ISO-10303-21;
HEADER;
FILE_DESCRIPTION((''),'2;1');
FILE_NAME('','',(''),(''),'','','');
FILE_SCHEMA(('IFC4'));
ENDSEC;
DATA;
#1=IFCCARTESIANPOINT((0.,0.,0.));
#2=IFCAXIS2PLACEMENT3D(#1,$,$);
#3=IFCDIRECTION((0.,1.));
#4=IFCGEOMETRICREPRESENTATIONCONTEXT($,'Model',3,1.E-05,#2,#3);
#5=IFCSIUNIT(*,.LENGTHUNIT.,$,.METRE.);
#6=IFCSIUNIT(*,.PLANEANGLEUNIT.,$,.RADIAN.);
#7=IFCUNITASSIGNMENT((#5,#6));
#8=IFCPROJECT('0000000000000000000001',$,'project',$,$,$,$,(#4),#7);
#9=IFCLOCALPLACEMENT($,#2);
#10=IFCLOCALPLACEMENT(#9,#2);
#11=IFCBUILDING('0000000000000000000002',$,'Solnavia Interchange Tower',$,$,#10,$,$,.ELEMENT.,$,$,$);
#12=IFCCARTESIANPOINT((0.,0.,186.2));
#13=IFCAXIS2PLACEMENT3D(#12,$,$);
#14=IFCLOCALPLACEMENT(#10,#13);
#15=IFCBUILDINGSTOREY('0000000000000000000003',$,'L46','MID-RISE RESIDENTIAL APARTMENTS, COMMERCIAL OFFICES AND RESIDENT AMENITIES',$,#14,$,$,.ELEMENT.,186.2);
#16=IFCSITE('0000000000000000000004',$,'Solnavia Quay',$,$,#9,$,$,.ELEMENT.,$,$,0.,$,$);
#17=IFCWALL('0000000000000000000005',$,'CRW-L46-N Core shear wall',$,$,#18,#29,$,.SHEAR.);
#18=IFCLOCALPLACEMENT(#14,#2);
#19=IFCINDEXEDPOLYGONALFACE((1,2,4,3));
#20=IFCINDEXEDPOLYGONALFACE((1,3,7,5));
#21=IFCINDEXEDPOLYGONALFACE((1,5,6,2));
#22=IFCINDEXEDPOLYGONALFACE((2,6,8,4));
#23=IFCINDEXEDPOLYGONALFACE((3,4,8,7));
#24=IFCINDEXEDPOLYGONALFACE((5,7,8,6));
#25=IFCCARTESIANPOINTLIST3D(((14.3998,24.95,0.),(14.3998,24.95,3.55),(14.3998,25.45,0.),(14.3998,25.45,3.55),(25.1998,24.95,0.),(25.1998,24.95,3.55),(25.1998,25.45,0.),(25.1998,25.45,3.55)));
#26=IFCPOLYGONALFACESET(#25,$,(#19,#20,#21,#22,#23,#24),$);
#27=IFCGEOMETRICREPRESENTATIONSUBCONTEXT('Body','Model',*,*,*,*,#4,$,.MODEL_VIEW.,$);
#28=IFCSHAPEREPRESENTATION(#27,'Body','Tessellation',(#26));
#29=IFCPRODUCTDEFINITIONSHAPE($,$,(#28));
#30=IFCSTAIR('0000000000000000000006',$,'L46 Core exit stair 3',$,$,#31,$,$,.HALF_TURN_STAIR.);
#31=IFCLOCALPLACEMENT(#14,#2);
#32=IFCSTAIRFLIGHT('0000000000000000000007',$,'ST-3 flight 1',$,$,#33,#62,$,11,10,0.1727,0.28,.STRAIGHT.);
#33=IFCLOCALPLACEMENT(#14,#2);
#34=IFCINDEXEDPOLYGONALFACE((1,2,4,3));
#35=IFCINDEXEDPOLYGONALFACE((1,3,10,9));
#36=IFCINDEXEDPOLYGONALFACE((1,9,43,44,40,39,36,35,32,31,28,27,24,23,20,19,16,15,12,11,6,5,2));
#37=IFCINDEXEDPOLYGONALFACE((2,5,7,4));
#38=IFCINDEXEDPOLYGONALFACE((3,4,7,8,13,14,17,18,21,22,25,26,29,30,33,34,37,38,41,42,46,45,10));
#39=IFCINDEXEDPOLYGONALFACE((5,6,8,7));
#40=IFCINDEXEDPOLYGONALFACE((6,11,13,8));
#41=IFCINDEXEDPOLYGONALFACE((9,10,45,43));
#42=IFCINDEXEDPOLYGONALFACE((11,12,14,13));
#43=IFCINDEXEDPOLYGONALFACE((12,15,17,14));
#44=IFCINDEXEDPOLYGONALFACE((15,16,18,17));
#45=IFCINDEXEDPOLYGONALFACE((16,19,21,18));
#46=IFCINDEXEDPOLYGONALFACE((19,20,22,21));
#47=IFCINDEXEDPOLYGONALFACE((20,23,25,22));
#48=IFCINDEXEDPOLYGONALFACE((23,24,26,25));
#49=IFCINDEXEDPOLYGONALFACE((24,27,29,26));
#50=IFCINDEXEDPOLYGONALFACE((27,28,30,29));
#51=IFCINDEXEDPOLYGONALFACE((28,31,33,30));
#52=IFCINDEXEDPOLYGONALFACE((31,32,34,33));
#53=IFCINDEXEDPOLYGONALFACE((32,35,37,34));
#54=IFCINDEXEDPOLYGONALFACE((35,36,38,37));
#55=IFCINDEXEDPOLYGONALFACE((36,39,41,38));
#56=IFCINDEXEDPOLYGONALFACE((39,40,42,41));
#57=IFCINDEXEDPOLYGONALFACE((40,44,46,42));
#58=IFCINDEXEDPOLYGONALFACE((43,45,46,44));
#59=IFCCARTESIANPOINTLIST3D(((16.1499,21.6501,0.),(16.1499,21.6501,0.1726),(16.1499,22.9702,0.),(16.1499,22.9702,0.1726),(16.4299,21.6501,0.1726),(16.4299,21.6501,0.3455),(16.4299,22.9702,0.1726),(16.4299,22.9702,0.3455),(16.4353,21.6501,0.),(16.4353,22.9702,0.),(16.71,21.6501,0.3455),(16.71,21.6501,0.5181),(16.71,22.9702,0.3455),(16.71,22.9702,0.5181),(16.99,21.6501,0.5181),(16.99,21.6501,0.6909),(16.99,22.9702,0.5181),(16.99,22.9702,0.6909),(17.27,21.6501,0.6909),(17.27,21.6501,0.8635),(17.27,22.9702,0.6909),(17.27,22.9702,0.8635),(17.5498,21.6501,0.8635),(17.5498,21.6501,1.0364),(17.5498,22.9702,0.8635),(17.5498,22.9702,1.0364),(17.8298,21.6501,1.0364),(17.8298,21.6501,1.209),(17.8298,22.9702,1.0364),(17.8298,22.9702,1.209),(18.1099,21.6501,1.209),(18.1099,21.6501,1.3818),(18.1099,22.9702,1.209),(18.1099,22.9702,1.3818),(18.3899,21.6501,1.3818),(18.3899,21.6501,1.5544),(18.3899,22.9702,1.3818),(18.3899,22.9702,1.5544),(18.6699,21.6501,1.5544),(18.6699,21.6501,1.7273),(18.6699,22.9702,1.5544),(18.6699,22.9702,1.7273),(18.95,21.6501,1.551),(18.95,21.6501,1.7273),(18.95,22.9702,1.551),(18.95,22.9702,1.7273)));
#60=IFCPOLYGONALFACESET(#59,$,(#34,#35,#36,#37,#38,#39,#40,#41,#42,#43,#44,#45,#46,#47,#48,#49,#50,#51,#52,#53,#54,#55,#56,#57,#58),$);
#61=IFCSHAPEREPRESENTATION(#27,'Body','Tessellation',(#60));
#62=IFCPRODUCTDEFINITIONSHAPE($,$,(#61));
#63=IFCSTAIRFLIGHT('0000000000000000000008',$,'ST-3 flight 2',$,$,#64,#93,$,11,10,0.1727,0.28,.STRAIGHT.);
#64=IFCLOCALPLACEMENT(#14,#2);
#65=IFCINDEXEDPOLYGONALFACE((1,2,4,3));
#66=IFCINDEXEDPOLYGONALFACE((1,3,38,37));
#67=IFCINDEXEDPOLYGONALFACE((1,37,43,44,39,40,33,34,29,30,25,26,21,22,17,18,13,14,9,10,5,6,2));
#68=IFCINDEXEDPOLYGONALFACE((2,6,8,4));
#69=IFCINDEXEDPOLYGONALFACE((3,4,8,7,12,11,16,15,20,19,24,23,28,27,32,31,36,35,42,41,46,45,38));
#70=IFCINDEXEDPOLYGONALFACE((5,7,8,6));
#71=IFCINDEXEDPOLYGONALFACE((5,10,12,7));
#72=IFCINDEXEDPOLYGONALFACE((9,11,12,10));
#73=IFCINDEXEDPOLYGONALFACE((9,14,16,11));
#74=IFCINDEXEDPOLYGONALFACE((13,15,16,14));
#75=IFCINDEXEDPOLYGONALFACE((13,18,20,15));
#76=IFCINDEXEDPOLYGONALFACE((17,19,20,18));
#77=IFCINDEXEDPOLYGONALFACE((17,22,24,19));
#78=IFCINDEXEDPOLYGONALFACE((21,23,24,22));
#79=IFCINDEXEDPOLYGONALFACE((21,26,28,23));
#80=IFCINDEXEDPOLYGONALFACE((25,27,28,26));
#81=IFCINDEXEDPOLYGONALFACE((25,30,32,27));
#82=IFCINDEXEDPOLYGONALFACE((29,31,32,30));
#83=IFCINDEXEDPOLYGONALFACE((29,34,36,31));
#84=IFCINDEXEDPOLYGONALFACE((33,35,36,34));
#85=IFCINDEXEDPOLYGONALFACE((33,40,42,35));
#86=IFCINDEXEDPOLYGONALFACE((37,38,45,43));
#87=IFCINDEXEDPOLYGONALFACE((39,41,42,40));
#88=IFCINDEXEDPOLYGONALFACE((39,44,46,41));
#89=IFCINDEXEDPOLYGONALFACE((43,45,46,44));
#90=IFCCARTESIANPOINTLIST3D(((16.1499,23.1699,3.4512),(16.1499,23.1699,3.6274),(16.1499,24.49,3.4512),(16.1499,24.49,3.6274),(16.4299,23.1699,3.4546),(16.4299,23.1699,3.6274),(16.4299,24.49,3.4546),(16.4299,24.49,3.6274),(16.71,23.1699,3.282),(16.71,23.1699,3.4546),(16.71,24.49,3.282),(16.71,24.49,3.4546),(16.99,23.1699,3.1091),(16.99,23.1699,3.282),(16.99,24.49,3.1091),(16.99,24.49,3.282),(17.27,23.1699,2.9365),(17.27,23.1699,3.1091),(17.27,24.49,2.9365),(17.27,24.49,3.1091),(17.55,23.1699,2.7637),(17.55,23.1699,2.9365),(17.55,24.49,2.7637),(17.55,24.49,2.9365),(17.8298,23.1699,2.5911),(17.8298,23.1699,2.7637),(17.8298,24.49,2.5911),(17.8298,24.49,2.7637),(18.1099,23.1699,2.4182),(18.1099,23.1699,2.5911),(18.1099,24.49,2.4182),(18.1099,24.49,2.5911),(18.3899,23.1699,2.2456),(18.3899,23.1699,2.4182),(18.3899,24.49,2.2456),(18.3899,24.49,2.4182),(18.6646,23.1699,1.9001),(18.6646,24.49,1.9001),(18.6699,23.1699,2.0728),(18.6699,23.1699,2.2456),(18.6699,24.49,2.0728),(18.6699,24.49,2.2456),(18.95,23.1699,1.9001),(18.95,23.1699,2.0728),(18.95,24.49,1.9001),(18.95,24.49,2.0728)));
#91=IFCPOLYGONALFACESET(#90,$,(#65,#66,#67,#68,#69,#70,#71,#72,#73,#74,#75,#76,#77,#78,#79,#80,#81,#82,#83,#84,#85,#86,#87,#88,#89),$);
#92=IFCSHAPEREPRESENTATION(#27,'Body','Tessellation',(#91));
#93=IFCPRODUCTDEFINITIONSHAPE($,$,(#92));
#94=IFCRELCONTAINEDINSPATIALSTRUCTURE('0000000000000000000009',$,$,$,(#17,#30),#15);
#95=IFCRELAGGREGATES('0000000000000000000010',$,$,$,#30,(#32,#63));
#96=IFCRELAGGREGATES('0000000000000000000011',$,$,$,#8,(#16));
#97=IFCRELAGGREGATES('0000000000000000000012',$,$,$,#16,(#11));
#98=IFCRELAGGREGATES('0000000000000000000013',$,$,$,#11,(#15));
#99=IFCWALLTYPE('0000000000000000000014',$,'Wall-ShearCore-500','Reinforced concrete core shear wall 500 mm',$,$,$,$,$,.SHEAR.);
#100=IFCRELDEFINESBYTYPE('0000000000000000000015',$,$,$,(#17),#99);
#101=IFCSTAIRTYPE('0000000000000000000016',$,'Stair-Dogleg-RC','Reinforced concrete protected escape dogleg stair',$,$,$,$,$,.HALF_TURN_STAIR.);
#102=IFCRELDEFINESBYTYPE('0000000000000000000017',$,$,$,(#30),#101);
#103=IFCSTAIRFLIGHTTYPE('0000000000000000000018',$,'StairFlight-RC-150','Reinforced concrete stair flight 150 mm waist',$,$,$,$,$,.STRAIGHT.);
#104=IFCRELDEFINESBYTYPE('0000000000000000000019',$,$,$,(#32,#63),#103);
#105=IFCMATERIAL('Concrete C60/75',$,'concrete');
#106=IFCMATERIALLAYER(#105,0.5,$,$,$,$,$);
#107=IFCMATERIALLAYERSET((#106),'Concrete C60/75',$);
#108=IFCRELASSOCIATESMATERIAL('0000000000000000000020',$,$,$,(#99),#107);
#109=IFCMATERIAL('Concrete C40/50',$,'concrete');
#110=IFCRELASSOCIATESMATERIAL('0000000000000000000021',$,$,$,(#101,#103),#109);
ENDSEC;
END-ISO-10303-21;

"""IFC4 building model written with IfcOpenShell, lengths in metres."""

from ifc_helpers import new_model, si_unit, direction, frame, frame_2d, origin, place, context, subcontext, project, spatial, polyline, rectangle, outline, extrude, material, layer, layer_set, type_object, element, aggregate, save


model = new_model("IFC4")

# Units and contexts
model_context = context("Model", 3, precision=1e-05, world=origin(), true_north=direction((0.0, 1.0)))
body_context = subcontext(model_context, "Body", "Model", "MODEL_VIEW")
ifc_project = project(units=[si_unit("LENGTHUNIT", "METRE"), si_unit("PLANEANGLEUNIT", "RADIAN")], contexts=[model_context])

# Site, building, storey
site_placement = place(None, origin())
site = spatial("IfcSite", under=ifc_project, at=site_placement, Name="Solnavia Quay", CompositionType="ELEMENT", RefElevation=0.0)
building_placement = place(site_placement, origin())
building = spatial("IfcBuilding", under=site, at=building_placement, Name="Solnavia Interchange Tower", CompositionType="ELEMENT")
storey_placement = place(building_placement, frame((0.0, 0.0, 186.2)))
storey = spatial("IfcBuildingStorey", under=building, at=storey_placement, Name="L46", Description="MID-RISE RESIDENTIAL APARTMENTS, COMMERCIAL OFFICES AND RESIDENT AMENITIES", CompositionType="ELEMENT", Elevation=186.2)

# Wall
ifc_material_1 = material(Name="Concrete C40/50", Category="concrete")
ifc_material_2 = material(Name="Concrete C60/75", Category="concrete")
ifc_layer_1 = layer(ifc_material_2, 0.5)
ifc_layer_set_1 = layer_set([ifc_layer_1], Name="Concrete C60/75")
wall_type_1 = type_object("IfcWallType", Name="Wall-ShearCore-500", Description="Reinforced concrete core shear wall 500 mm", PredefinedType="SHEAR", material=ifc_layer_set_1)
wall_1_placement = place(storey_placement, frame((14.3999, 25.2, 0.0), z_axis=(0.0, 0.0, 1.0), x_axis=(1.0, 0.0, 0.0)))
element("IfcWall", 1, at=wall_1_placement, inside=storey, type_object=wall_type_1, Name="CRW-L46-N Core shear wall", PredefinedType="SHEAR", context=body_context, shape_type="SweptSolid", body=[
    extrude(rectangle(XDim=10.8, YDim=0.5, at=frame_2d((5.3999, 0.0))), origin(), (0.0, 0.0, 1.0), 3.55),
])

# Stair, stair flights
stair_type = type_object("IfcStairType", Name="Stair-Dogleg-RC", Description="Reinforced concrete protected escape dogleg stair", PredefinedType="HALF_TURN_STAIR", material=ifc_material_1)
stair_placement = place(storey_placement, origin())
stair = element("IfcStair", 2, at=stair_placement, inside=storey, type_object=stair_type, Name="L46 Core exit stair 3", PredefinedType="HALF_TURN_STAIR")
stair_flight_type = type_object("IfcStairFlightType", Name="StairFlight-RC-150", Description="Reinforced concrete stair flight 150 mm waist", PredefinedType="STRAIGHT", material=ifc_material_1)
stair_flight_1_placement = place(storey_placement, frame((16.1499, 22.3101, 0.0), z_axis=(0.0, 0.0, 1.0), x_axis=(1.0, 0.0, 0.0)))
stair_flight_1 = element("IfcStairFlight", 3, at=stair_flight_1_placement, type_object=stair_flight_type, Name="ST-3 flight 1", NumberOfRisers=11, NumberOfTreads=10, PredefinedType="STRAIGHT", RiserHeight=0.1727, TreadLength=0.28, context=body_context, shape_type="SweptSolid", body=[
    extrude(outline(polyline([(0.0, 0.0), (0.0, 0.1726), (0.28, 0.1726), (0.28, 0.3455), (0.5601, 0.3455), (0.5601, 0.5181), (0.8401, 0.5181), (0.8401, 0.6909), (1.1201, 0.6909), (1.1201, 0.8635), (1.3999, 0.8635), (1.3999, 1.0364), (1.6799, 1.0364), (1.6799, 1.209), (1.96, 1.209), (1.96, 1.3818), (2.24, 1.3818), (2.24, 1.5544), (2.52, 1.5544), (2.52, 1.7273), (2.8, 1.7273), (2.8, 1.8999), (2.8, 1.551), (0.2854, 0.0), (0.0, 0.0)])), frame((0.0, 0.6602, 0.0), z_axis=(0.0, -1.0, 0.0), x_axis=(1.0, 0.0, 0.0)), (0.0, 0.0, 1.0), 1.3201),
])
stair_flight_2_placement = place(storey_placement, frame((18.95, 23.8301, 1.9001), z_axis=(0.0, 0.0, 1.0), x_axis=(-1.0, 0.0, 0.0)))
stair_flight_2 = element("IfcStairFlight", 4, at=stair_flight_2_placement, type_object=stair_flight_type, Name="ST-3 flight 2", NumberOfRisers=11, NumberOfTreads=10, PredefinedType="STRAIGHT", RiserHeight=0.1727, TreadLength=0.28, context=body_context, shape_type="SweptSolid", body=[
    extrude(outline(polyline([(0.0, 0.0), (0.0, 0.1726), (0.28, 0.1726), (0.28, 0.3455), (0.5601, 0.3455), (0.5601, 0.5181), (0.8401, 0.5181), (0.8401, 0.6909), (1.1201, 0.6909), (1.1201, 0.8635), (1.3999, 0.8635), (1.3999, 1.0364), (1.6799, 1.0364), (1.6799, 1.209), (1.96, 1.209), (1.96, 1.3818), (2.24, 1.3818), (2.24, 1.5544), (2.52, 1.5544), (2.52, 1.7273), (2.8, 1.7273), (2.8, 1.8999), (2.8, 1.551), (0.2854, 0.0), (0.0, 0.0)])), frame((0.0, 0.6602, 0.0), z_axis=(0.0, -1.0, 0.0), x_axis=(1.0, 0.0, 0.0)), (0.0, 0.0, 1.0), 1.3201),
])
aggregate(stair, [stair_flight_1, stair_flight_2])

save(model, "model.ifc")
